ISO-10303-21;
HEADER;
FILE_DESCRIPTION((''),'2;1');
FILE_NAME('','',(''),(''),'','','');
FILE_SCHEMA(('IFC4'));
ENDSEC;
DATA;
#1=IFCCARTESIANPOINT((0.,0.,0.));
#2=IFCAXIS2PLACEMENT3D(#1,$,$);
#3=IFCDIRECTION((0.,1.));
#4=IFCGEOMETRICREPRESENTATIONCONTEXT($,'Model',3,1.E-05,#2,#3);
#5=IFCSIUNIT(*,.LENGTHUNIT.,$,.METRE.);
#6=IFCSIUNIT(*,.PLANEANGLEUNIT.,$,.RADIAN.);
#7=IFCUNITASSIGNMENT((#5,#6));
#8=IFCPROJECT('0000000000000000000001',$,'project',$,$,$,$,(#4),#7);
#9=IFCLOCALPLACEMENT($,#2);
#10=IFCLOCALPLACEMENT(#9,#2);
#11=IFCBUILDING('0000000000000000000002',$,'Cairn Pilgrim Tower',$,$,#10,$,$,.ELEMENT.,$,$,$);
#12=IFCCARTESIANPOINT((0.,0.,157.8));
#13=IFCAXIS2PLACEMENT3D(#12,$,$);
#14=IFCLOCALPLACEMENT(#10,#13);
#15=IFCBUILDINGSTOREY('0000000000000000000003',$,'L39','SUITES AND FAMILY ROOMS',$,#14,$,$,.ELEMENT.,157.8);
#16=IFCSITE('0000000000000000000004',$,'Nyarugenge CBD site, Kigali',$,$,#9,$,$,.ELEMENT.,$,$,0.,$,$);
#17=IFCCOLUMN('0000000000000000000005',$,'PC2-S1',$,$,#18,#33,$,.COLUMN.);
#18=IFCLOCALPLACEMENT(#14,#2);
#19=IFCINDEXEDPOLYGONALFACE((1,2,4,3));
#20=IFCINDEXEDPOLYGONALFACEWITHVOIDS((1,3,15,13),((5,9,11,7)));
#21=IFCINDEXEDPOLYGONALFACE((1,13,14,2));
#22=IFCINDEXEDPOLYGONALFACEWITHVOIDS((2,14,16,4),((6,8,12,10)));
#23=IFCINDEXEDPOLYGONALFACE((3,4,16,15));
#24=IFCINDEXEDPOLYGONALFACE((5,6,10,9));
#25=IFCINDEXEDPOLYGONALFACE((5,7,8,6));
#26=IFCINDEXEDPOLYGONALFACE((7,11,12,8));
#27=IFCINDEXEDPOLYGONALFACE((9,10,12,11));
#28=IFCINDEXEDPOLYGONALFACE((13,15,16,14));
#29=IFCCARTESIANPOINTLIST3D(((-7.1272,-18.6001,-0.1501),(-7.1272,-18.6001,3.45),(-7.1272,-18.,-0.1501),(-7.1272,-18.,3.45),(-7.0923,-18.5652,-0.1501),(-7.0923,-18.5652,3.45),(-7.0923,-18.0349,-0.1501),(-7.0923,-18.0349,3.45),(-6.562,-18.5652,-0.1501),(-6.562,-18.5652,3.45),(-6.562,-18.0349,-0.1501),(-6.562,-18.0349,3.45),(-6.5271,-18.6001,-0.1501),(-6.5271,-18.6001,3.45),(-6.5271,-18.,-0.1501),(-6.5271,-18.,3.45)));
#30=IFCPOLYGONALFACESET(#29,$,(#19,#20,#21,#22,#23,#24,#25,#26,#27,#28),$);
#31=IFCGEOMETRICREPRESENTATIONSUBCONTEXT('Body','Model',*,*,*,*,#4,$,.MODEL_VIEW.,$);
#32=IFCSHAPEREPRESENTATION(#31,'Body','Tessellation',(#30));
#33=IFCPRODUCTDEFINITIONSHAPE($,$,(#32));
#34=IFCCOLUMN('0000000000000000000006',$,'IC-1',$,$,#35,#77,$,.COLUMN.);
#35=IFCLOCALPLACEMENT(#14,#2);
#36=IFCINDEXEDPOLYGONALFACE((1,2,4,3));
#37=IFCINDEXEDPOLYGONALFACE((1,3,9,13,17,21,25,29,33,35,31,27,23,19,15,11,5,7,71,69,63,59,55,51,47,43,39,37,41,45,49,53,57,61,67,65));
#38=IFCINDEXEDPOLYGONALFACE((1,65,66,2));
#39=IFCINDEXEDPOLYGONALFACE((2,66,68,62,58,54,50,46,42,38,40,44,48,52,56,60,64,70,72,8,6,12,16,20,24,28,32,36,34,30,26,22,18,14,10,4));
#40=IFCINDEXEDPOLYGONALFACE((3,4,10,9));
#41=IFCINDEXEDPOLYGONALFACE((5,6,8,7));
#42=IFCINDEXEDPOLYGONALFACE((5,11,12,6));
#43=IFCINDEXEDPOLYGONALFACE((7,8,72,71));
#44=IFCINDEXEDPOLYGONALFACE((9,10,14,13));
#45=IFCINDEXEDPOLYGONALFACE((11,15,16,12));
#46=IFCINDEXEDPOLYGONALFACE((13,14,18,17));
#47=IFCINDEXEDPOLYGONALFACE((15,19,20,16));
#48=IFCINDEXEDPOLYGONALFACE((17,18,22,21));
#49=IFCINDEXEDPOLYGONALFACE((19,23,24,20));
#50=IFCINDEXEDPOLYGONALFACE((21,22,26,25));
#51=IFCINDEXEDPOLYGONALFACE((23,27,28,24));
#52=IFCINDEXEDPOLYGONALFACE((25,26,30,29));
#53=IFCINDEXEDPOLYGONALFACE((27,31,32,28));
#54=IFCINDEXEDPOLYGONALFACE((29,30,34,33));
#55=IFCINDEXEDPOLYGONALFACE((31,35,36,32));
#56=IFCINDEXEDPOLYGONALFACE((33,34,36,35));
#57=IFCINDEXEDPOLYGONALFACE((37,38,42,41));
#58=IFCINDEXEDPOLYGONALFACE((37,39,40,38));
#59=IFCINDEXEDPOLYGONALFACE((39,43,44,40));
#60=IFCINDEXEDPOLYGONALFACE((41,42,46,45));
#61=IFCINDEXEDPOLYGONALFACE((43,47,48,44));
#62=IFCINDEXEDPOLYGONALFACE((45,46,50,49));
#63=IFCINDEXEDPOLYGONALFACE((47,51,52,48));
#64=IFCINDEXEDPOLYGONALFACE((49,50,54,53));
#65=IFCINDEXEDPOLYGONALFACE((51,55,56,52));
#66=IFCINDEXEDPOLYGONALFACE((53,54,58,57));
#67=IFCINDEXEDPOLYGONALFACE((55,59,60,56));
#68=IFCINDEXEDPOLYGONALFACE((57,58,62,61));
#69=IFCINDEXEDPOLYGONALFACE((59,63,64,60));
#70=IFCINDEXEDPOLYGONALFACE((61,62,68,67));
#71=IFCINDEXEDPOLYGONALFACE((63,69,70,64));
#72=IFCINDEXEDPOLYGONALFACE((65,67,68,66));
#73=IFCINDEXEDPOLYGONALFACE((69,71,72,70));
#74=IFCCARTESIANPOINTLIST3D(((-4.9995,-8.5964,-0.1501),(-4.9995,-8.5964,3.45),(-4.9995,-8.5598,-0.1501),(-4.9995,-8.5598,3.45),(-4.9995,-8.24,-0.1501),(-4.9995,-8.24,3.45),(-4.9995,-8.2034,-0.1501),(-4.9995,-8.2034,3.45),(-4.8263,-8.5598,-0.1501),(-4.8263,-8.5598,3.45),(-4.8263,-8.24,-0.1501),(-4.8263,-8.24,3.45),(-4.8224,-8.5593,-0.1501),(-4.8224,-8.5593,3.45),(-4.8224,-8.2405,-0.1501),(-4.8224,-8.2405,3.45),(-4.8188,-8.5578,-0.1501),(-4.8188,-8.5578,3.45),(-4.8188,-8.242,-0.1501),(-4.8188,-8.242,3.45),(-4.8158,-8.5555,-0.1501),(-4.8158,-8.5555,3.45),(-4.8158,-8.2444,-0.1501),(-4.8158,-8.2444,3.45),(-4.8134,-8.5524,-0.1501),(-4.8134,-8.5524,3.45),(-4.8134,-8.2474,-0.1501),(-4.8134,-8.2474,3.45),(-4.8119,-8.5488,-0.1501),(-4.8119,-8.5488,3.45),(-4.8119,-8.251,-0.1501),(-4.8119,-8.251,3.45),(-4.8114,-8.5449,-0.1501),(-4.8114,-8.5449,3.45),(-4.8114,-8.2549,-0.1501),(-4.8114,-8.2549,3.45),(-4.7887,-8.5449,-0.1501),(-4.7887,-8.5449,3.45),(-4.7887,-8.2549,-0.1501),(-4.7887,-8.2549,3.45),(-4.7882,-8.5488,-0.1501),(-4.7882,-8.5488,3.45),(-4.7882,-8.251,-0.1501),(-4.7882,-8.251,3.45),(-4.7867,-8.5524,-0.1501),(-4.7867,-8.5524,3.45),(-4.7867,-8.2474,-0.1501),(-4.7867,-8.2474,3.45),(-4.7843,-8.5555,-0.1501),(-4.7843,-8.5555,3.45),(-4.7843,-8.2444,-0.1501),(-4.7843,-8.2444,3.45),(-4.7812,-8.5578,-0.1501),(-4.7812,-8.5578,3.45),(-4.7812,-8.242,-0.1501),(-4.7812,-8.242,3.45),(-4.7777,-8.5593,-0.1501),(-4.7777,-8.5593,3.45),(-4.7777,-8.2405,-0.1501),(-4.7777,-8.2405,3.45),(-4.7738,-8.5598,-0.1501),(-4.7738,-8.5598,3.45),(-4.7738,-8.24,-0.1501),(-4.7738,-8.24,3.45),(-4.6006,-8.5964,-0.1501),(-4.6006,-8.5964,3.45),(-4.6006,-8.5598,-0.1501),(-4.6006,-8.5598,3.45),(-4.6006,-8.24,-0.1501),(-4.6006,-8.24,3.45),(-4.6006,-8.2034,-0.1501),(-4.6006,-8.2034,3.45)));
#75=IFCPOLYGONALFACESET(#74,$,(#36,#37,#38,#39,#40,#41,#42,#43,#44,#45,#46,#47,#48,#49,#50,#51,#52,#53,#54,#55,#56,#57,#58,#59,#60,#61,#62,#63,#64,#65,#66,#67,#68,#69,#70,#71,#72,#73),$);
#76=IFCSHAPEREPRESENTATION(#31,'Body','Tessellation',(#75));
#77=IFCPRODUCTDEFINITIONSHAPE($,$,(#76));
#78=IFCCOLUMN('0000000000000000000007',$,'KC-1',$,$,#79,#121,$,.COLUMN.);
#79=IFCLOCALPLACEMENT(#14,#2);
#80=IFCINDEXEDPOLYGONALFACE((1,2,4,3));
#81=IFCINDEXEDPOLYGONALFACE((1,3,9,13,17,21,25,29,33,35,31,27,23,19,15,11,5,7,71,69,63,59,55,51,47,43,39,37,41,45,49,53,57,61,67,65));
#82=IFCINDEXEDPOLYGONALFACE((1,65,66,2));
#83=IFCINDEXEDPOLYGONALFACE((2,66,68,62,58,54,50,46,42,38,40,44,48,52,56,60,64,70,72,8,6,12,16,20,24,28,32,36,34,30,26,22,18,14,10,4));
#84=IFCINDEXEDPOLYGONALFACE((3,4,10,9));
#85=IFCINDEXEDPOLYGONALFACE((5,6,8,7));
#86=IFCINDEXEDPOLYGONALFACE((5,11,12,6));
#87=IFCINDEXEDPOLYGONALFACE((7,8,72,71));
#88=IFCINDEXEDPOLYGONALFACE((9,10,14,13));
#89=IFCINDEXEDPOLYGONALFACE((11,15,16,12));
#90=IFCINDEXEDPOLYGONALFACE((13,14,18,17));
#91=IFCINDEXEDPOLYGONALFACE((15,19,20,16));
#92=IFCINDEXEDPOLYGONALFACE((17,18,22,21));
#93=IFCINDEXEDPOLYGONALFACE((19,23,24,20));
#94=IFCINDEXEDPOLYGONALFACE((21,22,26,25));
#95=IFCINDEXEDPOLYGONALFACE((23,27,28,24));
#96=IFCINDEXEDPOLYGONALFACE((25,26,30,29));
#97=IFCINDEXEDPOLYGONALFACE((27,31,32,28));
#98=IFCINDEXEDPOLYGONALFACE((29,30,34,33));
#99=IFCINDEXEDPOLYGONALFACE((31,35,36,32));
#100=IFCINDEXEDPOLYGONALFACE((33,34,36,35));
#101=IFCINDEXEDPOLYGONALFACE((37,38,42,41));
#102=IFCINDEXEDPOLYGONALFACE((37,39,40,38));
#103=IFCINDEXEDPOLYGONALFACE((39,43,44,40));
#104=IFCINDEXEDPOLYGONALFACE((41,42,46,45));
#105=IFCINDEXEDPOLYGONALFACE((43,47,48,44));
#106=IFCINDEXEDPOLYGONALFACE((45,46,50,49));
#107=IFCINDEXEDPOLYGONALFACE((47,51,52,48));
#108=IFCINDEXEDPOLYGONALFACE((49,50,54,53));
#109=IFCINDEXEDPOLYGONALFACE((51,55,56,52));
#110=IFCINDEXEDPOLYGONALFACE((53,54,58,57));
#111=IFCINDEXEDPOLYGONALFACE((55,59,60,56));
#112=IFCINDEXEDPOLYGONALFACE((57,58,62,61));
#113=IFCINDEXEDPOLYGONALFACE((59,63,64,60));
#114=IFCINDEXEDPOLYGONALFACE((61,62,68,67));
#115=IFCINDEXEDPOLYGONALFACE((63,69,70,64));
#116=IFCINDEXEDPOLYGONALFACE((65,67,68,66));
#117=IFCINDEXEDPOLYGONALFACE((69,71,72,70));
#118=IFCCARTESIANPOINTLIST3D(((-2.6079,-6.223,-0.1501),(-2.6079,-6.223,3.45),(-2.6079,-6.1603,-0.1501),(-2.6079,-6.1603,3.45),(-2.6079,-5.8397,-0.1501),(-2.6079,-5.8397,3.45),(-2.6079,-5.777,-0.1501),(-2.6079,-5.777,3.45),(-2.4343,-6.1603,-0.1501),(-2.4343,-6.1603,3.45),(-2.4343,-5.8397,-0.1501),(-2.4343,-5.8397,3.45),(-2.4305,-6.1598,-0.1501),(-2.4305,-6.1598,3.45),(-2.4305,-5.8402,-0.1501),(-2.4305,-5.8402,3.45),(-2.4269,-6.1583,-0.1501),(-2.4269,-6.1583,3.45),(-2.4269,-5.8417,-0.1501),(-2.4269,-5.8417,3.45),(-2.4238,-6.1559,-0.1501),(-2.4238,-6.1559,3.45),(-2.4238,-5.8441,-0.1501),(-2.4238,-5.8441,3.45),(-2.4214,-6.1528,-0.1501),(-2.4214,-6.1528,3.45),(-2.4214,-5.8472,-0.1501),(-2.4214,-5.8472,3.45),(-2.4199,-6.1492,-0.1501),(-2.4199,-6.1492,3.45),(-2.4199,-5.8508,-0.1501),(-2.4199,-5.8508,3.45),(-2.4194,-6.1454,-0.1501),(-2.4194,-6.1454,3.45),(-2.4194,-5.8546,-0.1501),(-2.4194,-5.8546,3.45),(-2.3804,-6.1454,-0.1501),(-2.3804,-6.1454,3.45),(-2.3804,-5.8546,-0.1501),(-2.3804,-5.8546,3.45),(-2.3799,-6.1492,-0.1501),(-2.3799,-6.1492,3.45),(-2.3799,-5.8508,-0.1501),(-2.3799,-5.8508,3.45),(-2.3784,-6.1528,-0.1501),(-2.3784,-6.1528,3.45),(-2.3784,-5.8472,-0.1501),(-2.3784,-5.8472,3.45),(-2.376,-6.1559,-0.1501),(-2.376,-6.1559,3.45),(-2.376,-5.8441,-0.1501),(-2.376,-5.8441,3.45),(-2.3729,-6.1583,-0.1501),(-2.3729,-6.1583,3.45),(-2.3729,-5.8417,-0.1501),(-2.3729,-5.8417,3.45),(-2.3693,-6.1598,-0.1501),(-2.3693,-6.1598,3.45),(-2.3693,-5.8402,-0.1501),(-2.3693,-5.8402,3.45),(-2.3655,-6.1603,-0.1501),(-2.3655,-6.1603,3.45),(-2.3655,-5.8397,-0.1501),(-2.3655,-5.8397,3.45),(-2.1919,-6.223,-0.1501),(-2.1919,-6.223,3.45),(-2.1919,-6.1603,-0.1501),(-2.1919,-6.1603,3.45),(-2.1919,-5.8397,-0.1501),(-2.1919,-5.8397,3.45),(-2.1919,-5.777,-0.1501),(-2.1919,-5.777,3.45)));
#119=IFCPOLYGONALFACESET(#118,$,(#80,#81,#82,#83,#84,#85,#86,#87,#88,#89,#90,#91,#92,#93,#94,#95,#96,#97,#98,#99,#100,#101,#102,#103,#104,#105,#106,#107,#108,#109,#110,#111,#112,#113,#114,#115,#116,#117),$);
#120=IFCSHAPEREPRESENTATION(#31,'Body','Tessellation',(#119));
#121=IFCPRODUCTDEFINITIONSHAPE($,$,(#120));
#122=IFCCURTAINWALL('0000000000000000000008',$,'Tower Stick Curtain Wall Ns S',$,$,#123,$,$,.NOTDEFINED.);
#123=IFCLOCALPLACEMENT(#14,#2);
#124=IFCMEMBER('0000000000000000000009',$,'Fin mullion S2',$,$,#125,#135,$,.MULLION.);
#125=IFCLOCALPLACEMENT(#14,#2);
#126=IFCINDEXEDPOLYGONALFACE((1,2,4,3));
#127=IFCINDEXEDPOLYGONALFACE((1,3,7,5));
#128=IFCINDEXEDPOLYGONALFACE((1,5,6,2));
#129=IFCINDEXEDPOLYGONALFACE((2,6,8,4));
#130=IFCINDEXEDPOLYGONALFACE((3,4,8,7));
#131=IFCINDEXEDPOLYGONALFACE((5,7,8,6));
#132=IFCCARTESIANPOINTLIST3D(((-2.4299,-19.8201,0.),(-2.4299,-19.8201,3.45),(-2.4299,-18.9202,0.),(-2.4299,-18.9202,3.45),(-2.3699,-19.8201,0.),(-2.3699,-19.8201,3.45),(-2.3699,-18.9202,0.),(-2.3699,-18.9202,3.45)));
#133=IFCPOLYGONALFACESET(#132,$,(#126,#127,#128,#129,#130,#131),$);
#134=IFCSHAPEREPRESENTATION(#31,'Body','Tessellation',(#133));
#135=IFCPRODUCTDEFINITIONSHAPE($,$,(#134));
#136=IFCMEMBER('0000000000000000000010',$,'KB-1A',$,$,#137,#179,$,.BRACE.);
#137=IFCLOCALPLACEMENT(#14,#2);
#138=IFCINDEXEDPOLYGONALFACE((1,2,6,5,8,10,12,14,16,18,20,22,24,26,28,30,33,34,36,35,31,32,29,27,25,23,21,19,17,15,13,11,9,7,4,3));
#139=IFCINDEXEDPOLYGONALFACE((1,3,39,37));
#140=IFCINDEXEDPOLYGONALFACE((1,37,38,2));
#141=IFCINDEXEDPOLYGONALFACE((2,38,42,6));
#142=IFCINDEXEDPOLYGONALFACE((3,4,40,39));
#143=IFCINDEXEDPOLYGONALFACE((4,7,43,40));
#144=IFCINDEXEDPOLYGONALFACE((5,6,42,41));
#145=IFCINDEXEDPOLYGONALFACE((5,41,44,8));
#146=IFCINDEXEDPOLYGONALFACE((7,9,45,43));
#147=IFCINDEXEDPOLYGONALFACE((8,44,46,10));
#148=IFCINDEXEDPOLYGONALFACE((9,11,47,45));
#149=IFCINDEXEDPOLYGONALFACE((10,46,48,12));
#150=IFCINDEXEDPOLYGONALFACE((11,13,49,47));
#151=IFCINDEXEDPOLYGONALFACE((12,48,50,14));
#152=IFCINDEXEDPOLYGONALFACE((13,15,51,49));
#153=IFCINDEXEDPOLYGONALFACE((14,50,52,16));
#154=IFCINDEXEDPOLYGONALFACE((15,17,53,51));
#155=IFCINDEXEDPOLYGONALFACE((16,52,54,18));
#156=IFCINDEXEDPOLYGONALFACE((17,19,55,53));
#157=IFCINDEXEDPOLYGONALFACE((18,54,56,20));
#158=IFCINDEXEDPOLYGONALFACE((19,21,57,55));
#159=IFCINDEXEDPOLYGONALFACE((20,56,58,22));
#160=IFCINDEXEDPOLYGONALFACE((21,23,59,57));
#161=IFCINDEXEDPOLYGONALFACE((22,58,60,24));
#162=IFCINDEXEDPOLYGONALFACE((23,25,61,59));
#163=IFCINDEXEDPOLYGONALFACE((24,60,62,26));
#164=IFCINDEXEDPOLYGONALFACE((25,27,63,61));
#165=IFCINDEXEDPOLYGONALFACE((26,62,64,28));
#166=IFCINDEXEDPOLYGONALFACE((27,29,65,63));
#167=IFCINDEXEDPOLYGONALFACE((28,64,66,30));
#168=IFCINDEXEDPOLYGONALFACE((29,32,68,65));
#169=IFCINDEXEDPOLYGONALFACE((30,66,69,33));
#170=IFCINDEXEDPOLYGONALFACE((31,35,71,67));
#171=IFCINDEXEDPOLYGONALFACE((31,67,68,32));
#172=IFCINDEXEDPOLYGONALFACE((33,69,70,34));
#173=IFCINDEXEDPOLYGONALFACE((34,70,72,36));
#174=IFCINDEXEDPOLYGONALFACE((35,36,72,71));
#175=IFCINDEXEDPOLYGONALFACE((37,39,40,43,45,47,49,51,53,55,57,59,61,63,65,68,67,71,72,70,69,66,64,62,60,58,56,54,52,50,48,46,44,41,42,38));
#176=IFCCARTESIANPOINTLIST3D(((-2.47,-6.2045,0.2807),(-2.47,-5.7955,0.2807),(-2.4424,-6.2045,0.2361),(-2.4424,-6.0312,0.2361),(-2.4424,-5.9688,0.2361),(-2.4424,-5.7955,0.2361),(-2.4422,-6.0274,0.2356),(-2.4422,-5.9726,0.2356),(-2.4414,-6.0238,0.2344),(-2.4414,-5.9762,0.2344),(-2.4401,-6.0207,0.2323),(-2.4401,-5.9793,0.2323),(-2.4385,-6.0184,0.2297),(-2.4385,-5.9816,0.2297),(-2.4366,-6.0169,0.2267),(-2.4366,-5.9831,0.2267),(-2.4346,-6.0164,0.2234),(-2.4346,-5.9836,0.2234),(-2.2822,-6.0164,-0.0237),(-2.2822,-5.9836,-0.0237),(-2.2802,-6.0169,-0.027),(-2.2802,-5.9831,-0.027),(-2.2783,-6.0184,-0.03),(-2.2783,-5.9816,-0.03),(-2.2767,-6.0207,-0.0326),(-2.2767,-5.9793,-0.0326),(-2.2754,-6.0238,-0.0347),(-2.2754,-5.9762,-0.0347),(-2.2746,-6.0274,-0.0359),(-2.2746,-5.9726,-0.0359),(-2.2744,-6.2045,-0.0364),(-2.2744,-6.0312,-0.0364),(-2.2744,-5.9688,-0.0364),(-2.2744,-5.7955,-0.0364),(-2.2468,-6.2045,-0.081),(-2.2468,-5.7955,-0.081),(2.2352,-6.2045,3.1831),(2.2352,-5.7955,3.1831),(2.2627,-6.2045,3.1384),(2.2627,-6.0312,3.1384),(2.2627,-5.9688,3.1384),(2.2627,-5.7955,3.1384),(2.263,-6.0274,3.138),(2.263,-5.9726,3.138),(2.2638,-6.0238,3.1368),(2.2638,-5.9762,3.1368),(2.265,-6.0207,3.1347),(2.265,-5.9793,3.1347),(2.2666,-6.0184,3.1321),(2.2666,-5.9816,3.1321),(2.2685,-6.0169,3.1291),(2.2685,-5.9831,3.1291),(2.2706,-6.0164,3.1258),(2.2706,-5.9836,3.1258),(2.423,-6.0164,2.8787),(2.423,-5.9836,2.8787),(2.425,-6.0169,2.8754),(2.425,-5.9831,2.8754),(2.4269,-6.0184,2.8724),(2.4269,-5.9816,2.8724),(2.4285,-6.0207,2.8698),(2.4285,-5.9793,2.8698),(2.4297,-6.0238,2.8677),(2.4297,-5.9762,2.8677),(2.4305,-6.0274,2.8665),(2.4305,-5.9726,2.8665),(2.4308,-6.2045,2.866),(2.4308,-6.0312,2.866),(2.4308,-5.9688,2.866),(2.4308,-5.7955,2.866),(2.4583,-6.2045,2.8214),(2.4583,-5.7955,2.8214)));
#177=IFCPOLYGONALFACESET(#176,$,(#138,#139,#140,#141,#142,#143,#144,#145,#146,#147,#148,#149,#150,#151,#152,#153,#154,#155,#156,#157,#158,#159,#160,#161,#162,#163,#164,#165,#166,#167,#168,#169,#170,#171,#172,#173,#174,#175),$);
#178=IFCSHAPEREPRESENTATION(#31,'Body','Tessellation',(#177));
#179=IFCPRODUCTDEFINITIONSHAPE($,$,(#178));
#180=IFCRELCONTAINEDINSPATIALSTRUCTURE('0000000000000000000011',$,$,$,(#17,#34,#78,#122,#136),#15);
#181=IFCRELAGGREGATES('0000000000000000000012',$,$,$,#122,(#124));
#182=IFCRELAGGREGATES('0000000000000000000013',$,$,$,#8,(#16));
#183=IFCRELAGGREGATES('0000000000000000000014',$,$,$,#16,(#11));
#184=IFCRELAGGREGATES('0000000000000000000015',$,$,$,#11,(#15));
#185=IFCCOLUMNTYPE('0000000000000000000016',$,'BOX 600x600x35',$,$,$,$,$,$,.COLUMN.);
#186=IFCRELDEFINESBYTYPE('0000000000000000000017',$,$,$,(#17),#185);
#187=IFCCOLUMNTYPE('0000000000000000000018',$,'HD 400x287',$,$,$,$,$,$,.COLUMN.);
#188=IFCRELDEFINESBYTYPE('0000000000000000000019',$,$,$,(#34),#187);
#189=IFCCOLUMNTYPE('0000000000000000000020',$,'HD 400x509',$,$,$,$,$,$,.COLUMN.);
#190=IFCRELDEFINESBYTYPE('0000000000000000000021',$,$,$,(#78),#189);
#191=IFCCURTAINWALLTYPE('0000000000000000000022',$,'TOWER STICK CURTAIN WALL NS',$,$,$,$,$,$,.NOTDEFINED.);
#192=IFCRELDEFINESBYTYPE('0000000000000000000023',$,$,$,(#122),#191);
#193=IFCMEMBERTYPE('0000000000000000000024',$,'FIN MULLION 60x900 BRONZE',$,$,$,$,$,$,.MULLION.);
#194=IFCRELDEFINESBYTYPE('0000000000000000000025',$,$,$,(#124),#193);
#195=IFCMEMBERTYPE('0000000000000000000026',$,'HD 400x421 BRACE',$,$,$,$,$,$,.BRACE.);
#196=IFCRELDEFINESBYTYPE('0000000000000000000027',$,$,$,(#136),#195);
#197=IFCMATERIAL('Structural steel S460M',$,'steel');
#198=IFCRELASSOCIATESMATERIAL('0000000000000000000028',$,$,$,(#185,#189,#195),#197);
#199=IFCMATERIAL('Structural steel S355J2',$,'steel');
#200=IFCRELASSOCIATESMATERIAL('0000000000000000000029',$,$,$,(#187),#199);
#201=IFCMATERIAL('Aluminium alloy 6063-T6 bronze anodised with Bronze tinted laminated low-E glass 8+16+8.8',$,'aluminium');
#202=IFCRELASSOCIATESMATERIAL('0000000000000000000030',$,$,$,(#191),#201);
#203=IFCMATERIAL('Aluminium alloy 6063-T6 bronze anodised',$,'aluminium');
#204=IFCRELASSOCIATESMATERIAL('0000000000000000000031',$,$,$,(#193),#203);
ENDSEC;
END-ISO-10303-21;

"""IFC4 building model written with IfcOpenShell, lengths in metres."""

from ifc_helpers import new_model, si_unit, direction, frame, origin, origin_2d, place, context, subcontext, project, spatial, rectangle, hollow_rectangle, i_section, extrude, material, material_profile, profile_set, type_object, element, aggregate, save


model = new_model("IFC4")

# Units and contexts
model_context = context("Model", 3, precision=1e-05, world=origin(), true_north=direction((0.0, 1.0)))
body_context = subcontext(model_context, "Body", "Model", "MODEL_VIEW")
ifc_project = project(units=[si_unit("LENGTHUNIT", "METRE"), si_unit("PLANEANGLEUNIT", "RADIAN")], contexts=[model_context])

# Site, building, storey
site_placement = place(None, origin())
site = spatial("IfcSite", under=ifc_project, at=site_placement, Name="Nyarugenge CBD site, Kigali", CompositionType="ELEMENT", RefElevation=0.0)
building_placement = place(site_placement, origin())
building = spatial("IfcBuilding", under=site, at=building_placement, Name="Cairn Pilgrim Tower", CompositionType="ELEMENT")
storey_placement = place(building_placement, frame((0.0, 0.0, 157.8)))
storey = spatial("IfcBuildingStorey", under=building, at=storey_placement, Name="L39", Description="SUITES AND FAMILY ROOMS", CompositionType="ELEMENT", Elevation=157.8)

# Columns
ifc_material_1 = material(Name="Structural steel S460M", Category="steel")
ifc_material_profile_1 = material_profile(ifc_material_1, hollow_rectangle(XDim=0.6001, YDim=0.6001, WallThickness=0.0349, at=origin_2d()), Name="BOX 600x600x35")
ifc_profile_set_1 = profile_set([ifc_material_profile_1], Name="Structural steel S460M")
column_type_1 = type_object("IfcColumnType", Name="BOX 600x600x35", PredefinedType="COLUMN", material=ifc_profile_set_1)
column_1_placement = place(storey_placement, frame((-6.8271, -18.3, -0.1501), z_axis=(0.0, 0.0, 1.0), x_axis=(1.0, 0.0, 0.0)))
element("IfcColumn", 1, at=column_1_placement, inside=storey, type_object=column_type_1, Name="PC2-S1", PredefinedType="COLUMN", context=body_context, shape_type="SweptSolid", body=[
    extrude(hollow_rectangle(XDim=0.6001, YDim=0.6001, WallThickness=0.0349, at=origin_2d()), origin(), (0.0, 0.0, 1.0), 3.6001),
])
ifc_material_2 = material(Name="Structural steel S355J2", Category="steel")
ifc_material_profile_2 = material_profile(ifc_material_2, i_section(OverallWidth=0.3989, OverallDepth=0.3931, WebThickness=0.0227, FlangeThickness=0.0366, FilletRadius=0.0149, at=origin_2d()), Name="HD 400x287")
ifc_profile_set_2 = profile_set([ifc_material_profile_2], Name="Structural steel S355J2")
column_type_2 = type_object("IfcColumnType", Name="HD 400x287", PredefinedType="COLUMN", material=ifc_profile_set_2)
column_2_placement = place(storey_placement, frame((-4.8, -8.3999, -0.1501), z_axis=(0.0, 0.0, 1.0), x_axis=(1.0, 0.0, 0.0)))
element("IfcColumn", 2, at=column_2_placement, inside=storey, type_object=column_type_2, Name="IC-1", PredefinedType="COLUMN", context=body_context, shape_type="SweptSolid", body=[
    extrude(i_section(OverallWidth=0.3989, OverallDepth=0.3931, WebThickness=0.0227, FlangeThickness=0.0366, FilletRadius=0.0149, at=origin_2d()), origin(), (0.0, 0.0, 1.0), 3.6001),
])
ifc_material_profile_3 = material_profile(ifc_material_1, i_section(OverallWidth=0.416, OverallDepth=0.446, WebThickness=0.0391, FlangeThickness=0.0627, FilletRadius=0.0149, at=origin_2d()), Name="HD 400x509")
ifc_profile_set_3 = profile_set([ifc_material_profile_3], Name="Structural steel S460M")
column_type_3 = type_object("IfcColumnType", Name="HD 400x509", PredefinedType="COLUMN", material=ifc_profile_set_3)
column_3_placement = place(storey_placement, frame((-2.3999, -6.0, -0.1501), z_axis=(0.0, 0.0, 1.0), x_axis=(1.0, 0.0, 0.0)))
element("IfcColumn", 3, at=column_3_placement, inside=storey, type_object=column_type_3, Name="KC-1", PredefinedType="COLUMN", context=body_context, shape_type="SweptSolid", body=[
    extrude(i_section(OverallWidth=0.416, OverallDepth=0.446, WebThickness=0.0391, FlangeThickness=0.0627, FilletRadius=0.0149, at=origin_2d()), origin(), (0.0, 0.0, 1.0), 3.6001),
])

# Curtain wall, member
ifc_material_3 = material(Name="Aluminium alloy 6063-T6 bronze anodised with Bronze tinted laminated low-E glass 8+16+8.8", Category="aluminium")
curtain_wall_type = type_object("IfcCurtainWallType", Name="TOWER STICK CURTAIN WALL NS", PredefinedType="NOTDEFINED", material=ifc_material_3)
curtain_wall_placement = place(storey_placement, origin())
curtain_wall = element("IfcCurtainWall", 4, at=curtain_wall_placement, inside=storey, type_object=curtain_wall_type, Name="Tower Stick Curtain Wall Ns S", PredefinedType="NOTDEFINED")
ifc_material_4 = material(Name="Aluminium alloy 6063-T6 bronze anodised", Category="aluminium")
ifc_material_profile_4 = material_profile(ifc_material_4, rectangle(XDim=0.8999, YDim=0.0601, at=origin_2d()), Name="FIN MULLION 60x900 BRONZE")
ifc_profile_set_4 = profile_set([ifc_material_profile_4], Name="Aluminium alloy 6063-T6 bronze anodised")
member_type_1 = type_object("IfcMemberType", Name="FIN MULLION 60x900 BRONZE", PredefinedType="MULLION", material=ifc_profile_set_4)
member_1_placement = place(storey_placement, frame((-2.3999, -19.3701, 0.0), z_axis=(0.0, 0.0, 1.0), x_axis=(0.0, -1.0, 0.0)))
member_1 = element("IfcMember", 5, at=member_1_placement, type_object=member_type_1, Name="Fin mullion S2", PredefinedType="MULLION", context=body_context, shape_type="SweptSolid", body=[
    extrude(rectangle(XDim=0.8999, YDim=0.0601, at=origin_2d()), origin(), (0.0, 0.0, 1.0), 3.45),
])

# Member
ifc_material_profile_5 = material_profile(ifc_material_1, i_section(OverallWidth=0.4089, OverallDepth=0.425, WebThickness=0.0327, FlangeThickness=0.0525, FilletRadius=0.0149, at=origin_2d()), Name="HD 400x421")
ifc_profile_set_5 = profile_set([ifc_material_profile_5], Name="Structural steel S460M")
member_type_2 = type_object("IfcMemberType", Name="HD 400x421 BRACE", PredefinedType="BRACE", material=ifc_profile_set_5)
member_2_placement = place(storey_placement, frame((-2.3584, -6.0, 0.0999), z_axis=(0.8511, 0.0, 0.525004), x_axis=(0.0, 1.0, 0.0)))
element("IfcMember", 6, at=member_2_placement, inside=storey, type_object=member_type_2, Name="KB-1A", PredefinedType="BRACE", context=body_context, shape_type="SweptSolid", body=[
    extrude(i_section(OverallWidth=0.4089, OverallDepth=0.425, WebThickness=0.0327, FlangeThickness=0.0525, FilletRadius=0.0149, at=origin_2d()), origin(), (0.0, 0.0, 1.0), 5.5283),
])

aggregate(curtain_wall, [member_1])

save(model, "model.ifc")
